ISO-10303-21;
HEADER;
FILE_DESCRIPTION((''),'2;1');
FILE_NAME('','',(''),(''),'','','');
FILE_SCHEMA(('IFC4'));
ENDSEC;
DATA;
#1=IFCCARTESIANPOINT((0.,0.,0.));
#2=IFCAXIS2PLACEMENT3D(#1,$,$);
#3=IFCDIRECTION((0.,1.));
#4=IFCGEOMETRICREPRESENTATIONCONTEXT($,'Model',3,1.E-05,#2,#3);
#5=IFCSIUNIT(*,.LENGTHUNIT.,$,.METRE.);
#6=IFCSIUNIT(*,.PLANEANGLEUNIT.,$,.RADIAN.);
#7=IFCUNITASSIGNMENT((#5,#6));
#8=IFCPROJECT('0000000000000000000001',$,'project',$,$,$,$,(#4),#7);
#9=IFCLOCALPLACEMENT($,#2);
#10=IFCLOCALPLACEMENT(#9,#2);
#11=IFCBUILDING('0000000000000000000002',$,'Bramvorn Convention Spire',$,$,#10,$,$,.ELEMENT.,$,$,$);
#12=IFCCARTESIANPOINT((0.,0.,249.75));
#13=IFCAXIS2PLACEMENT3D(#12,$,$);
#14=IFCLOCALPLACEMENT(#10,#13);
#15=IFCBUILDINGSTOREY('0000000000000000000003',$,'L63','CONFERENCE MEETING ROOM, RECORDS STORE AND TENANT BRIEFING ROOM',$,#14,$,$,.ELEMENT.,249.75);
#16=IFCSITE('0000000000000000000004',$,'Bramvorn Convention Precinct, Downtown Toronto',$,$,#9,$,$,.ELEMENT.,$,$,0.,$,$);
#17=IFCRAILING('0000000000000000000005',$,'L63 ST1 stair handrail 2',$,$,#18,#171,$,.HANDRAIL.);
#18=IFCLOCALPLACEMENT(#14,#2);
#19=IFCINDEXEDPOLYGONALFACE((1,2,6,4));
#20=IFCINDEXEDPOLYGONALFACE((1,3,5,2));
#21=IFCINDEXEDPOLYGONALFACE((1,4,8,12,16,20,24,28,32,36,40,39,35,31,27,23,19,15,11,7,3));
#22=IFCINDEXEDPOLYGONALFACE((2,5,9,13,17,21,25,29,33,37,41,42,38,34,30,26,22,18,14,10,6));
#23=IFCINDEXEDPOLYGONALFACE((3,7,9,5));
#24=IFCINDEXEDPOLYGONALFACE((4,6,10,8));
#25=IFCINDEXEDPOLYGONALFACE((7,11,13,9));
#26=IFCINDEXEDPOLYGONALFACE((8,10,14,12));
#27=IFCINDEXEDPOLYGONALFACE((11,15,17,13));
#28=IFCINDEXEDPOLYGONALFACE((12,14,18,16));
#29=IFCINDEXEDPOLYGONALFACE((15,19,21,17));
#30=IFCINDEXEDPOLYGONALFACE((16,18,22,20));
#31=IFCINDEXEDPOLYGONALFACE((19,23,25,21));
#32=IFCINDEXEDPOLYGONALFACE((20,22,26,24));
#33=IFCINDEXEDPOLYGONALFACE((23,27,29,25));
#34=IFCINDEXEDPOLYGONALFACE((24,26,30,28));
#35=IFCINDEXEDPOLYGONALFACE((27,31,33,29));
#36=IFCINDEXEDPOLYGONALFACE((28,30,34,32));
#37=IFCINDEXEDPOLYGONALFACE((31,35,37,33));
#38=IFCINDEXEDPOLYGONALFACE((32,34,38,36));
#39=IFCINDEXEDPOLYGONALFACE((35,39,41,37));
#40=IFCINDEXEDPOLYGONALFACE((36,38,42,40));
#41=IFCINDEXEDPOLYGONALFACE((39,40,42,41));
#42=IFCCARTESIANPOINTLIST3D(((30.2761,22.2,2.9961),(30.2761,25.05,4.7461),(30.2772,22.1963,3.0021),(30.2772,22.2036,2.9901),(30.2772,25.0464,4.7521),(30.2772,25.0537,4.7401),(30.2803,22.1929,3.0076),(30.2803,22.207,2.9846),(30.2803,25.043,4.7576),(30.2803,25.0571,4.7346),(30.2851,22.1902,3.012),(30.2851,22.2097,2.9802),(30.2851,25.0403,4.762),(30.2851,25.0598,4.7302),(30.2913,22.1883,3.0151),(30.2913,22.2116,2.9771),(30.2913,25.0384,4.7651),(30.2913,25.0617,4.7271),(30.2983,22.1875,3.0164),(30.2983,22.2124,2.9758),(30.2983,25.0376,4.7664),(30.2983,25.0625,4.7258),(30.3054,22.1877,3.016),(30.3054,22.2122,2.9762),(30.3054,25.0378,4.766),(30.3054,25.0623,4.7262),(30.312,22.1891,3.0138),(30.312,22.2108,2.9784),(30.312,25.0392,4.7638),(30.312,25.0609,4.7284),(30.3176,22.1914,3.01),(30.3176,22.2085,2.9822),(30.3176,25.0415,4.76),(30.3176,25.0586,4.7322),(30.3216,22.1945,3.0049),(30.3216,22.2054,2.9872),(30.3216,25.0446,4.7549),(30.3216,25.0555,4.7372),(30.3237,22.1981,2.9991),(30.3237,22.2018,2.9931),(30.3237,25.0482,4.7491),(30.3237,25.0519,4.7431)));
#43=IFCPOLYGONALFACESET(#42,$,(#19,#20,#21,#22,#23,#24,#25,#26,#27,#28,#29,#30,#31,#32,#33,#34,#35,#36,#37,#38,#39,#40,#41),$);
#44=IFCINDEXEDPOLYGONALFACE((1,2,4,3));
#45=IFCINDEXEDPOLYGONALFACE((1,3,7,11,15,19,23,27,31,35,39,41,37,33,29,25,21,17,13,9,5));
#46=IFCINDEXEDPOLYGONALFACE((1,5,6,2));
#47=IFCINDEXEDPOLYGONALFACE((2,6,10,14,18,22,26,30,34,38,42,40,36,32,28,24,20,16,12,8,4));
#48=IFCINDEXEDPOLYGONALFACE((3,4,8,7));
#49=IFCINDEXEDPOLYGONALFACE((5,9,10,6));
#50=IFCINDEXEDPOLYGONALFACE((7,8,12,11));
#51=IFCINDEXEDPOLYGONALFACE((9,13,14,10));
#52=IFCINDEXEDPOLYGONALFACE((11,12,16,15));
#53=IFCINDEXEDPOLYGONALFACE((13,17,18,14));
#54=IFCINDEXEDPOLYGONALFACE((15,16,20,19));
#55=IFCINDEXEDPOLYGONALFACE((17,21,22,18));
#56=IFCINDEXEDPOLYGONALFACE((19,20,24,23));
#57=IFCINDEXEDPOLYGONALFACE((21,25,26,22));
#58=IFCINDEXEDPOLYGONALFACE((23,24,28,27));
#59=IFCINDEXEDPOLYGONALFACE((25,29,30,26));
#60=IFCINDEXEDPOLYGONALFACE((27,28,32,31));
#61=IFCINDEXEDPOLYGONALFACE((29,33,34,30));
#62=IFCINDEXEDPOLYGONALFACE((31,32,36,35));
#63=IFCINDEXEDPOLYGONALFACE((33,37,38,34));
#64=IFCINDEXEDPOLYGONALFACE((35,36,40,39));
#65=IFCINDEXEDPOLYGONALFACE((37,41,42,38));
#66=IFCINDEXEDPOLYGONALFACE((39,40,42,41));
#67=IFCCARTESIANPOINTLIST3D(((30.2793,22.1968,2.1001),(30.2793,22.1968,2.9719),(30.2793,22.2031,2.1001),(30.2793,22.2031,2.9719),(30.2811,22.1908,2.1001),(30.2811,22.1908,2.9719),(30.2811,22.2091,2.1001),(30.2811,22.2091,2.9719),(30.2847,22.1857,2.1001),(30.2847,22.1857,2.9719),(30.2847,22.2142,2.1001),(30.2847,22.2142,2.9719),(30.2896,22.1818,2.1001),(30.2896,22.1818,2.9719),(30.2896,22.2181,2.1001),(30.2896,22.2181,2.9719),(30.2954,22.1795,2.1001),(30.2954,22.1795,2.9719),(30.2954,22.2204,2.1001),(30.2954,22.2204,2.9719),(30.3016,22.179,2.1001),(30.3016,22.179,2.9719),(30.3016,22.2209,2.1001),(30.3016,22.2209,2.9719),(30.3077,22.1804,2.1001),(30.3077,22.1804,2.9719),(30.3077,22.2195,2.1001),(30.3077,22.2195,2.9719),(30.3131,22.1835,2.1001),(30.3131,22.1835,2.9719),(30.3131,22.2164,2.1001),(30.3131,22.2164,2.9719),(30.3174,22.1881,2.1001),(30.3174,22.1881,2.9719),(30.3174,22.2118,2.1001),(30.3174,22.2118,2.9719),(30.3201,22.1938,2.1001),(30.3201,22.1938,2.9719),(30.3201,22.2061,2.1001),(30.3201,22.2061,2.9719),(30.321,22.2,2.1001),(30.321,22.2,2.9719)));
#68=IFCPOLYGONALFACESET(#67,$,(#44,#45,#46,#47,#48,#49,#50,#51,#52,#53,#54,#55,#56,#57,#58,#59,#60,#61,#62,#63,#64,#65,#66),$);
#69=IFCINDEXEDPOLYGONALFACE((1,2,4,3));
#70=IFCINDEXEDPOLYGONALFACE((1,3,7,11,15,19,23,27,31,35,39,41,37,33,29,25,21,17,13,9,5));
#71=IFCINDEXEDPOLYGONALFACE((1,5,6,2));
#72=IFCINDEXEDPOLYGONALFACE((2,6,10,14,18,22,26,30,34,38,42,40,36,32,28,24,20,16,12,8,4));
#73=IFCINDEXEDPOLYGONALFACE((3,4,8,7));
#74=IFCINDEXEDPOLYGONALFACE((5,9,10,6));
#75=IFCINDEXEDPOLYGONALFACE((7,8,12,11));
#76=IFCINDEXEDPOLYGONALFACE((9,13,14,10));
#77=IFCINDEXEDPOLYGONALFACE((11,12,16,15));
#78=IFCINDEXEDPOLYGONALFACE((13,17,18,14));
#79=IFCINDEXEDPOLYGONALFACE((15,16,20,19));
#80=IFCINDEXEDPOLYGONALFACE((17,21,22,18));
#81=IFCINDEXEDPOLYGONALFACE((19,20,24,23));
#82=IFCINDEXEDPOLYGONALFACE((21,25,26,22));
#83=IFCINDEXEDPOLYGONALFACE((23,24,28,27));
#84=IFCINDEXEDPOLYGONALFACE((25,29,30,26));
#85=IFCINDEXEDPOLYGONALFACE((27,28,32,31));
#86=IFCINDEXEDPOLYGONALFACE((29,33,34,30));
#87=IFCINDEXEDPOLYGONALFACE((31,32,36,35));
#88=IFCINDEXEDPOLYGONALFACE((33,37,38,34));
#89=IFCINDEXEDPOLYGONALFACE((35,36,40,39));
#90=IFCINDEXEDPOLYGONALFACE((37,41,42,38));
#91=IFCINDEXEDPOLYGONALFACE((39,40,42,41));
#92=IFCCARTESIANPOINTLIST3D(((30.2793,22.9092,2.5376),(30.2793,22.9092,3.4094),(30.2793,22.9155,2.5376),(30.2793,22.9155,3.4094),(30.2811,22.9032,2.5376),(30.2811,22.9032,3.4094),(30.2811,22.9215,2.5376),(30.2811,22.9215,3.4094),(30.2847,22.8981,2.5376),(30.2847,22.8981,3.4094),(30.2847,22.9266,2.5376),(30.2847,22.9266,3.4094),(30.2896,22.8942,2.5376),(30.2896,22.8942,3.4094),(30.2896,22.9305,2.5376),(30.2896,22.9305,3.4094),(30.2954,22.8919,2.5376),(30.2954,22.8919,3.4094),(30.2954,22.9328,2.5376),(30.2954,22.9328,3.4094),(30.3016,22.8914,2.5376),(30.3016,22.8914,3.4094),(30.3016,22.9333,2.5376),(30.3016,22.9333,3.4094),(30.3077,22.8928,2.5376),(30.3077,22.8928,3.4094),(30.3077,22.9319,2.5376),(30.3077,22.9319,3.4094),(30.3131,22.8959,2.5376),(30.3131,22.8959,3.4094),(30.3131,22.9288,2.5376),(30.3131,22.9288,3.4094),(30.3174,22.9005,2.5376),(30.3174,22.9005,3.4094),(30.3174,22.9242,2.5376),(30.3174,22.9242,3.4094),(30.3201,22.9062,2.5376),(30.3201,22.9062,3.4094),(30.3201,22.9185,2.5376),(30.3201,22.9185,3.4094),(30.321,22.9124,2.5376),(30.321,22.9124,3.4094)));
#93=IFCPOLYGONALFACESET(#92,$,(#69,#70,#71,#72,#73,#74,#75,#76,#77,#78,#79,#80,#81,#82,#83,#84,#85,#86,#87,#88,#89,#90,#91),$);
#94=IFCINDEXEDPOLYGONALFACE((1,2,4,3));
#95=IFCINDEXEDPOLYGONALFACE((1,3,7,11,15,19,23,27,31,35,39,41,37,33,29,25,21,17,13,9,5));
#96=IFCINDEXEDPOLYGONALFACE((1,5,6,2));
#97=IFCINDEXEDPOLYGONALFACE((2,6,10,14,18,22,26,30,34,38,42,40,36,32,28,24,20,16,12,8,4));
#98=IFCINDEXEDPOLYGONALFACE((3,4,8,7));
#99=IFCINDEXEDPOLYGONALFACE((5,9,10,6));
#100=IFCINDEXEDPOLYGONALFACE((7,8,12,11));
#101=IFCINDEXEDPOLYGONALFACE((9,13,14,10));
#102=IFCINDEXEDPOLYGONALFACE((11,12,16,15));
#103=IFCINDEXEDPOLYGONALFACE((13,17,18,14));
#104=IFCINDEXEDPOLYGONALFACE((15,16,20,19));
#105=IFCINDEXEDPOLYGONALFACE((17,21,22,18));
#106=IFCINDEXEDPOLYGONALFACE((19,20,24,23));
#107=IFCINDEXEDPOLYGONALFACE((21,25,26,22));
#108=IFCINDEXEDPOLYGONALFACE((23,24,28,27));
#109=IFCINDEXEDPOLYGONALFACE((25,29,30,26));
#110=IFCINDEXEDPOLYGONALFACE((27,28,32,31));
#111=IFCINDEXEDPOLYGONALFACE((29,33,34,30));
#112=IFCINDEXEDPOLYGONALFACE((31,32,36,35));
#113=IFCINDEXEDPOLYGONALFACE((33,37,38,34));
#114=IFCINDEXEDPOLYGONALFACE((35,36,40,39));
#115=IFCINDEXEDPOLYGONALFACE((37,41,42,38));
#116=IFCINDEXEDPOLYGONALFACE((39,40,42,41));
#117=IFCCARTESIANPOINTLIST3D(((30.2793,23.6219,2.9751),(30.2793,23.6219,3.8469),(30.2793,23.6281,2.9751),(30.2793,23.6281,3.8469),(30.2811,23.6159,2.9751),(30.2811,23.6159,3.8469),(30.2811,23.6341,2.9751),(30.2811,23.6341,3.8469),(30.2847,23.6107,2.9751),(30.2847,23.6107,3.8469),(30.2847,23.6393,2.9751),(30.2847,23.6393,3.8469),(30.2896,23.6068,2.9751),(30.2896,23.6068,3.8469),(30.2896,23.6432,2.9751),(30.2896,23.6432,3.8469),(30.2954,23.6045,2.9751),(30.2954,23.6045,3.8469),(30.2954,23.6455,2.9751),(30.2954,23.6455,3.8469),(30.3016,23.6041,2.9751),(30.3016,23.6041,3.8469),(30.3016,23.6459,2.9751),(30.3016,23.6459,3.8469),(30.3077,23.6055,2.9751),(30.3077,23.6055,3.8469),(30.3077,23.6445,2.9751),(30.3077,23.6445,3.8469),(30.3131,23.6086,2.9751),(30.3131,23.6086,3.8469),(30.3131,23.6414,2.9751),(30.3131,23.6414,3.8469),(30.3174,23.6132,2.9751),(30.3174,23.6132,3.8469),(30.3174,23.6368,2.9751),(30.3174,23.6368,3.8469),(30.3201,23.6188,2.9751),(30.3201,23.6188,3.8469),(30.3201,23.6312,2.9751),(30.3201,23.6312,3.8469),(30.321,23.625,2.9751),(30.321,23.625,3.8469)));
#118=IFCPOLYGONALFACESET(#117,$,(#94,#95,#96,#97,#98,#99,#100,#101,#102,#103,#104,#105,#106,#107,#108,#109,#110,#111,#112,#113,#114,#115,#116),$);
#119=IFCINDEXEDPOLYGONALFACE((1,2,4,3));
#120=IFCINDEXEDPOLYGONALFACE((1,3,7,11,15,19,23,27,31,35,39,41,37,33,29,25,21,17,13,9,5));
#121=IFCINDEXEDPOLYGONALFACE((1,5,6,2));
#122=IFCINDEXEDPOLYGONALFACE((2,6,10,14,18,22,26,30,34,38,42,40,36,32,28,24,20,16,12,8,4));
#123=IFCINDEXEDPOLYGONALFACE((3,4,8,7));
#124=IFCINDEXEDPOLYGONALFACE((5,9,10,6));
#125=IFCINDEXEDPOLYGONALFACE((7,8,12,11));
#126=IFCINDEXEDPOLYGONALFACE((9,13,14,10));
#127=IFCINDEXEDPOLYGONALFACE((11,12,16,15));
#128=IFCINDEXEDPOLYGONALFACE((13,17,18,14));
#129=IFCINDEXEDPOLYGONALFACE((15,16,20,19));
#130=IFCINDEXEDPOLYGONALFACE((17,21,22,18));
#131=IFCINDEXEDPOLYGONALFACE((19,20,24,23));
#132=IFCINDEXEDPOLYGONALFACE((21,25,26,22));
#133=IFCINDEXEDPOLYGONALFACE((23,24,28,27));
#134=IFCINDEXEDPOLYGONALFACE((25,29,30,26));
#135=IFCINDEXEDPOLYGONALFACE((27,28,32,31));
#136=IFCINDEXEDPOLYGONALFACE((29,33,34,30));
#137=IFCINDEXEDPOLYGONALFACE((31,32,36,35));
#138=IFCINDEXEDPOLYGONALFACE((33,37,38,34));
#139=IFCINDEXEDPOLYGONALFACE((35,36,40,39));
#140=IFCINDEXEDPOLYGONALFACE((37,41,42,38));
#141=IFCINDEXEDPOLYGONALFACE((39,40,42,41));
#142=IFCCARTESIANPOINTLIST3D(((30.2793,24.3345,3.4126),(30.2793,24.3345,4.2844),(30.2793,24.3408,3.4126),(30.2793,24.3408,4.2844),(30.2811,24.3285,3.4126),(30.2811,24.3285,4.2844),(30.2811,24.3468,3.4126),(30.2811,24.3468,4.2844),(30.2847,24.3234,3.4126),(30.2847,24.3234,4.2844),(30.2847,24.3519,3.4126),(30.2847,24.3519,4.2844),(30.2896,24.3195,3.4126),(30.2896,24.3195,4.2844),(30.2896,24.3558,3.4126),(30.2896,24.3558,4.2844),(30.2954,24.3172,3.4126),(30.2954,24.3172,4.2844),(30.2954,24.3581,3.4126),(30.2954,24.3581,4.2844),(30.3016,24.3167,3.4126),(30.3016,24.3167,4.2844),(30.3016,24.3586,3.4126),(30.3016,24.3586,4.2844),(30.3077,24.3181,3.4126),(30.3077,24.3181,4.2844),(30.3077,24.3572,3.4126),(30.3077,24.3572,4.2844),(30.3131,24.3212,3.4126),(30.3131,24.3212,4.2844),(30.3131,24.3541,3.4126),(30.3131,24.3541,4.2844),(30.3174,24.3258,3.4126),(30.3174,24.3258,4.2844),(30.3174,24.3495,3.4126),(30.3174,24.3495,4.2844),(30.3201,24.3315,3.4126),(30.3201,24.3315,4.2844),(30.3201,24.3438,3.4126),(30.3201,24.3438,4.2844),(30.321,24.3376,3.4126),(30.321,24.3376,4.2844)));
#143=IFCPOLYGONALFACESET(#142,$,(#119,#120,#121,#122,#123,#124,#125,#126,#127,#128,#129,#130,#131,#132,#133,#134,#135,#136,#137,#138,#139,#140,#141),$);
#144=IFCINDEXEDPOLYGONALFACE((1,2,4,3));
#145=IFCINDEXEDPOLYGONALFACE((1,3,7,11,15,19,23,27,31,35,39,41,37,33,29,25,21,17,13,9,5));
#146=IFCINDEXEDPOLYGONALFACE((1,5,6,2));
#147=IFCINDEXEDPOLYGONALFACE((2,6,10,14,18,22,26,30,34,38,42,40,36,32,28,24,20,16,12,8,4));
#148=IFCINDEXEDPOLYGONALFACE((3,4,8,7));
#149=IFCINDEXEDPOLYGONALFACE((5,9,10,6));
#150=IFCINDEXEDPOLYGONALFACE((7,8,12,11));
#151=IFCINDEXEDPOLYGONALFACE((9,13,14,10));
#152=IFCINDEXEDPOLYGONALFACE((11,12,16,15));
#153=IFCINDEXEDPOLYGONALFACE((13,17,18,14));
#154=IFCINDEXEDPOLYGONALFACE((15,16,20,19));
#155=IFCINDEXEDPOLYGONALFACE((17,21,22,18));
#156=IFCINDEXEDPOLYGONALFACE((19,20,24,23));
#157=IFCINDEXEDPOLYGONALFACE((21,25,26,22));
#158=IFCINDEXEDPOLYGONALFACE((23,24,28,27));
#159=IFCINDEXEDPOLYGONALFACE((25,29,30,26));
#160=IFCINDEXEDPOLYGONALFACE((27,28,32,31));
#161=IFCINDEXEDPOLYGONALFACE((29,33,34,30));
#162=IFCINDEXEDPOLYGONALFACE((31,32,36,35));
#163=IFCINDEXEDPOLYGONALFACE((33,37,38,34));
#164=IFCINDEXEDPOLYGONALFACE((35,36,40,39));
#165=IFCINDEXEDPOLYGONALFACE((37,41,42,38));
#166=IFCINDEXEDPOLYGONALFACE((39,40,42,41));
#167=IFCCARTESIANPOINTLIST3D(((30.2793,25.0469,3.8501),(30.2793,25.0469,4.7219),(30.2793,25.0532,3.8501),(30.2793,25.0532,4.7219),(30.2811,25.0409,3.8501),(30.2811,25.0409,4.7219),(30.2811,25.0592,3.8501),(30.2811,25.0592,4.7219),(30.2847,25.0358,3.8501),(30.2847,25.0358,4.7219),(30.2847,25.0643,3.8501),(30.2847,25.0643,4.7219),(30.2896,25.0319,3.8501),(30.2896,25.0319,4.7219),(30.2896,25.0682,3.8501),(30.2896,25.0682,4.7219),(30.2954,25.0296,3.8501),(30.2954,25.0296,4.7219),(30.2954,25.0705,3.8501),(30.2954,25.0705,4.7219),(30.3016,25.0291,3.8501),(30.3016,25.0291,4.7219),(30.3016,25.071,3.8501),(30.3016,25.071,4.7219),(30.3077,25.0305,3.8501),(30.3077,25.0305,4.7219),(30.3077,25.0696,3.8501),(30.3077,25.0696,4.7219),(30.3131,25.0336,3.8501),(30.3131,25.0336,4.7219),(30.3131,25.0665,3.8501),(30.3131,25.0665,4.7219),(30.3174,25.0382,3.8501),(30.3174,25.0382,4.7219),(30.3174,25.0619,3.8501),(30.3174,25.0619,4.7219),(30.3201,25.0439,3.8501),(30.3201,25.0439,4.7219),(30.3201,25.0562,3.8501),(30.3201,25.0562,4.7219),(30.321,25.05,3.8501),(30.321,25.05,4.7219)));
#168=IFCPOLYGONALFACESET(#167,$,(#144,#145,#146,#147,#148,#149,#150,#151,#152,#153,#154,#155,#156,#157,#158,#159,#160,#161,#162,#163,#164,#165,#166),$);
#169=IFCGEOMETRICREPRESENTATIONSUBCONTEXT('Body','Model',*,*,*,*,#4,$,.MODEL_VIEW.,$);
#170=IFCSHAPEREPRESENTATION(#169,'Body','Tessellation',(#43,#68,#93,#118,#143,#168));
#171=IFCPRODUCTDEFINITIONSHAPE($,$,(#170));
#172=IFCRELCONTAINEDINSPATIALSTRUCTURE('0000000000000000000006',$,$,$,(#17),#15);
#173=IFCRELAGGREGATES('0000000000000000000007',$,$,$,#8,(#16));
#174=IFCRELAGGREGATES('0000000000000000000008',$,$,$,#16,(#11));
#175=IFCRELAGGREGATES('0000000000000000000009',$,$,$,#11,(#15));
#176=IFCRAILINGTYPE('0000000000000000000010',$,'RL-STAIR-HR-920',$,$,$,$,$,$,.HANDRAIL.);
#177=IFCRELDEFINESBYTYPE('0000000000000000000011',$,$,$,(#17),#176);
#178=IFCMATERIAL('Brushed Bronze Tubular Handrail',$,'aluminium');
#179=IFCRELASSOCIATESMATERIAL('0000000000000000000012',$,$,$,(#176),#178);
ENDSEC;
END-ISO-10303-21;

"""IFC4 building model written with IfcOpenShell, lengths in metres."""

from ifc_helpers import new_model, si_unit, direction, frame, origin, origin_2d, place, context, subcontext, project, spatial, circle, extrude, material, type_object, element, save


model = new_model("IFC4")

# Units and contexts
model_context = context("Model", 3, precision=1e-05, world=origin(), true_north=direction((0.0, 1.0)))
body_context = subcontext(model_context, "Body", "Model", "MODEL_VIEW")
ifc_project = project(units=[si_unit("LENGTHUNIT", "METRE"), si_unit("PLANEANGLEUNIT", "RADIAN")], contexts=[model_context])

# Site, building, storey
site_placement = place(None, origin())
site = spatial("IfcSite", under=ifc_project, at=site_placement, Name="Bramvorn Convention Precinct, Downtown Toronto", CompositionType="ELEMENT", RefElevation=0.0)
building_placement = place(site_placement, origin())
building = spatial("IfcBuilding", under=site, at=building_placement, Name="Bramvorn Convention Spire", CompositionType="ELEMENT")
storey_placement = place(building_placement, frame((0.0, 0.0, 249.75)))
storey = spatial("IfcBuildingStorey", under=building, at=storey_placement, Name="L63", Description="CONFERENCE MEETING ROOM, RECORDS STORE AND TENANT BRIEFING ROOM", CompositionType="ELEMENT", Elevation=249.75)

# Railing
ifc_material_1 = material(Name="Brushed Bronze Tubular Handrail", Category="aluminium")
railing_type_1 = type_object("IfcRailingType", Name="RL-STAIR-HR-920", PredefinedType="HANDRAIL", material=ifc_material_1)
railing_1_placement = place(storey_placement, frame((30.3, 22.2, 2.1001)))
element("IfcRailing", 1, at=railing_1_placement, inside=storey, type_object=railing_type_1, Name="L63 ST1 stair handrail 2", PredefinedType="HANDRAIL", context=body_context, shape_type="SweptSolid", body=[
    extrude(circle(Radius=0.0239, at=origin_2d()), frame((0.0, 0.0, 0.896), z_axis=(0.0, 0.852179, 0.52325), x_axis=(-1.0, 0.0, 0.0)), (0.0, 0.0, 1.0), 3.3445),
    extrude(circle(Radius=0.021, at=origin_2d()), origin(), (0.0, 0.0, 1.0), 0.8718),
    extrude(circle(Radius=0.021, at=origin_2d()), frame((0.0, 0.7124, 0.4375)), (0.0, 0.0, 1.0), 0.8718),
    extrude(circle(Radius=0.021, at=origin_2d()), frame((0.0, 1.425, 0.875)), (0.0, 0.0, 1.0), 0.8718),
    extrude(circle(Radius=0.021, at=origin_2d()), frame((0.0, 2.1377, 1.3125)), (0.0, 0.0, 1.0), 0.8718),
    extrude(circle(Radius=0.021, at=origin_2d()), frame((0.0, 2.8501, 1.75)), (0.0, 0.0, 1.0), 0.8718),
])

save(model, "model.ifc")
